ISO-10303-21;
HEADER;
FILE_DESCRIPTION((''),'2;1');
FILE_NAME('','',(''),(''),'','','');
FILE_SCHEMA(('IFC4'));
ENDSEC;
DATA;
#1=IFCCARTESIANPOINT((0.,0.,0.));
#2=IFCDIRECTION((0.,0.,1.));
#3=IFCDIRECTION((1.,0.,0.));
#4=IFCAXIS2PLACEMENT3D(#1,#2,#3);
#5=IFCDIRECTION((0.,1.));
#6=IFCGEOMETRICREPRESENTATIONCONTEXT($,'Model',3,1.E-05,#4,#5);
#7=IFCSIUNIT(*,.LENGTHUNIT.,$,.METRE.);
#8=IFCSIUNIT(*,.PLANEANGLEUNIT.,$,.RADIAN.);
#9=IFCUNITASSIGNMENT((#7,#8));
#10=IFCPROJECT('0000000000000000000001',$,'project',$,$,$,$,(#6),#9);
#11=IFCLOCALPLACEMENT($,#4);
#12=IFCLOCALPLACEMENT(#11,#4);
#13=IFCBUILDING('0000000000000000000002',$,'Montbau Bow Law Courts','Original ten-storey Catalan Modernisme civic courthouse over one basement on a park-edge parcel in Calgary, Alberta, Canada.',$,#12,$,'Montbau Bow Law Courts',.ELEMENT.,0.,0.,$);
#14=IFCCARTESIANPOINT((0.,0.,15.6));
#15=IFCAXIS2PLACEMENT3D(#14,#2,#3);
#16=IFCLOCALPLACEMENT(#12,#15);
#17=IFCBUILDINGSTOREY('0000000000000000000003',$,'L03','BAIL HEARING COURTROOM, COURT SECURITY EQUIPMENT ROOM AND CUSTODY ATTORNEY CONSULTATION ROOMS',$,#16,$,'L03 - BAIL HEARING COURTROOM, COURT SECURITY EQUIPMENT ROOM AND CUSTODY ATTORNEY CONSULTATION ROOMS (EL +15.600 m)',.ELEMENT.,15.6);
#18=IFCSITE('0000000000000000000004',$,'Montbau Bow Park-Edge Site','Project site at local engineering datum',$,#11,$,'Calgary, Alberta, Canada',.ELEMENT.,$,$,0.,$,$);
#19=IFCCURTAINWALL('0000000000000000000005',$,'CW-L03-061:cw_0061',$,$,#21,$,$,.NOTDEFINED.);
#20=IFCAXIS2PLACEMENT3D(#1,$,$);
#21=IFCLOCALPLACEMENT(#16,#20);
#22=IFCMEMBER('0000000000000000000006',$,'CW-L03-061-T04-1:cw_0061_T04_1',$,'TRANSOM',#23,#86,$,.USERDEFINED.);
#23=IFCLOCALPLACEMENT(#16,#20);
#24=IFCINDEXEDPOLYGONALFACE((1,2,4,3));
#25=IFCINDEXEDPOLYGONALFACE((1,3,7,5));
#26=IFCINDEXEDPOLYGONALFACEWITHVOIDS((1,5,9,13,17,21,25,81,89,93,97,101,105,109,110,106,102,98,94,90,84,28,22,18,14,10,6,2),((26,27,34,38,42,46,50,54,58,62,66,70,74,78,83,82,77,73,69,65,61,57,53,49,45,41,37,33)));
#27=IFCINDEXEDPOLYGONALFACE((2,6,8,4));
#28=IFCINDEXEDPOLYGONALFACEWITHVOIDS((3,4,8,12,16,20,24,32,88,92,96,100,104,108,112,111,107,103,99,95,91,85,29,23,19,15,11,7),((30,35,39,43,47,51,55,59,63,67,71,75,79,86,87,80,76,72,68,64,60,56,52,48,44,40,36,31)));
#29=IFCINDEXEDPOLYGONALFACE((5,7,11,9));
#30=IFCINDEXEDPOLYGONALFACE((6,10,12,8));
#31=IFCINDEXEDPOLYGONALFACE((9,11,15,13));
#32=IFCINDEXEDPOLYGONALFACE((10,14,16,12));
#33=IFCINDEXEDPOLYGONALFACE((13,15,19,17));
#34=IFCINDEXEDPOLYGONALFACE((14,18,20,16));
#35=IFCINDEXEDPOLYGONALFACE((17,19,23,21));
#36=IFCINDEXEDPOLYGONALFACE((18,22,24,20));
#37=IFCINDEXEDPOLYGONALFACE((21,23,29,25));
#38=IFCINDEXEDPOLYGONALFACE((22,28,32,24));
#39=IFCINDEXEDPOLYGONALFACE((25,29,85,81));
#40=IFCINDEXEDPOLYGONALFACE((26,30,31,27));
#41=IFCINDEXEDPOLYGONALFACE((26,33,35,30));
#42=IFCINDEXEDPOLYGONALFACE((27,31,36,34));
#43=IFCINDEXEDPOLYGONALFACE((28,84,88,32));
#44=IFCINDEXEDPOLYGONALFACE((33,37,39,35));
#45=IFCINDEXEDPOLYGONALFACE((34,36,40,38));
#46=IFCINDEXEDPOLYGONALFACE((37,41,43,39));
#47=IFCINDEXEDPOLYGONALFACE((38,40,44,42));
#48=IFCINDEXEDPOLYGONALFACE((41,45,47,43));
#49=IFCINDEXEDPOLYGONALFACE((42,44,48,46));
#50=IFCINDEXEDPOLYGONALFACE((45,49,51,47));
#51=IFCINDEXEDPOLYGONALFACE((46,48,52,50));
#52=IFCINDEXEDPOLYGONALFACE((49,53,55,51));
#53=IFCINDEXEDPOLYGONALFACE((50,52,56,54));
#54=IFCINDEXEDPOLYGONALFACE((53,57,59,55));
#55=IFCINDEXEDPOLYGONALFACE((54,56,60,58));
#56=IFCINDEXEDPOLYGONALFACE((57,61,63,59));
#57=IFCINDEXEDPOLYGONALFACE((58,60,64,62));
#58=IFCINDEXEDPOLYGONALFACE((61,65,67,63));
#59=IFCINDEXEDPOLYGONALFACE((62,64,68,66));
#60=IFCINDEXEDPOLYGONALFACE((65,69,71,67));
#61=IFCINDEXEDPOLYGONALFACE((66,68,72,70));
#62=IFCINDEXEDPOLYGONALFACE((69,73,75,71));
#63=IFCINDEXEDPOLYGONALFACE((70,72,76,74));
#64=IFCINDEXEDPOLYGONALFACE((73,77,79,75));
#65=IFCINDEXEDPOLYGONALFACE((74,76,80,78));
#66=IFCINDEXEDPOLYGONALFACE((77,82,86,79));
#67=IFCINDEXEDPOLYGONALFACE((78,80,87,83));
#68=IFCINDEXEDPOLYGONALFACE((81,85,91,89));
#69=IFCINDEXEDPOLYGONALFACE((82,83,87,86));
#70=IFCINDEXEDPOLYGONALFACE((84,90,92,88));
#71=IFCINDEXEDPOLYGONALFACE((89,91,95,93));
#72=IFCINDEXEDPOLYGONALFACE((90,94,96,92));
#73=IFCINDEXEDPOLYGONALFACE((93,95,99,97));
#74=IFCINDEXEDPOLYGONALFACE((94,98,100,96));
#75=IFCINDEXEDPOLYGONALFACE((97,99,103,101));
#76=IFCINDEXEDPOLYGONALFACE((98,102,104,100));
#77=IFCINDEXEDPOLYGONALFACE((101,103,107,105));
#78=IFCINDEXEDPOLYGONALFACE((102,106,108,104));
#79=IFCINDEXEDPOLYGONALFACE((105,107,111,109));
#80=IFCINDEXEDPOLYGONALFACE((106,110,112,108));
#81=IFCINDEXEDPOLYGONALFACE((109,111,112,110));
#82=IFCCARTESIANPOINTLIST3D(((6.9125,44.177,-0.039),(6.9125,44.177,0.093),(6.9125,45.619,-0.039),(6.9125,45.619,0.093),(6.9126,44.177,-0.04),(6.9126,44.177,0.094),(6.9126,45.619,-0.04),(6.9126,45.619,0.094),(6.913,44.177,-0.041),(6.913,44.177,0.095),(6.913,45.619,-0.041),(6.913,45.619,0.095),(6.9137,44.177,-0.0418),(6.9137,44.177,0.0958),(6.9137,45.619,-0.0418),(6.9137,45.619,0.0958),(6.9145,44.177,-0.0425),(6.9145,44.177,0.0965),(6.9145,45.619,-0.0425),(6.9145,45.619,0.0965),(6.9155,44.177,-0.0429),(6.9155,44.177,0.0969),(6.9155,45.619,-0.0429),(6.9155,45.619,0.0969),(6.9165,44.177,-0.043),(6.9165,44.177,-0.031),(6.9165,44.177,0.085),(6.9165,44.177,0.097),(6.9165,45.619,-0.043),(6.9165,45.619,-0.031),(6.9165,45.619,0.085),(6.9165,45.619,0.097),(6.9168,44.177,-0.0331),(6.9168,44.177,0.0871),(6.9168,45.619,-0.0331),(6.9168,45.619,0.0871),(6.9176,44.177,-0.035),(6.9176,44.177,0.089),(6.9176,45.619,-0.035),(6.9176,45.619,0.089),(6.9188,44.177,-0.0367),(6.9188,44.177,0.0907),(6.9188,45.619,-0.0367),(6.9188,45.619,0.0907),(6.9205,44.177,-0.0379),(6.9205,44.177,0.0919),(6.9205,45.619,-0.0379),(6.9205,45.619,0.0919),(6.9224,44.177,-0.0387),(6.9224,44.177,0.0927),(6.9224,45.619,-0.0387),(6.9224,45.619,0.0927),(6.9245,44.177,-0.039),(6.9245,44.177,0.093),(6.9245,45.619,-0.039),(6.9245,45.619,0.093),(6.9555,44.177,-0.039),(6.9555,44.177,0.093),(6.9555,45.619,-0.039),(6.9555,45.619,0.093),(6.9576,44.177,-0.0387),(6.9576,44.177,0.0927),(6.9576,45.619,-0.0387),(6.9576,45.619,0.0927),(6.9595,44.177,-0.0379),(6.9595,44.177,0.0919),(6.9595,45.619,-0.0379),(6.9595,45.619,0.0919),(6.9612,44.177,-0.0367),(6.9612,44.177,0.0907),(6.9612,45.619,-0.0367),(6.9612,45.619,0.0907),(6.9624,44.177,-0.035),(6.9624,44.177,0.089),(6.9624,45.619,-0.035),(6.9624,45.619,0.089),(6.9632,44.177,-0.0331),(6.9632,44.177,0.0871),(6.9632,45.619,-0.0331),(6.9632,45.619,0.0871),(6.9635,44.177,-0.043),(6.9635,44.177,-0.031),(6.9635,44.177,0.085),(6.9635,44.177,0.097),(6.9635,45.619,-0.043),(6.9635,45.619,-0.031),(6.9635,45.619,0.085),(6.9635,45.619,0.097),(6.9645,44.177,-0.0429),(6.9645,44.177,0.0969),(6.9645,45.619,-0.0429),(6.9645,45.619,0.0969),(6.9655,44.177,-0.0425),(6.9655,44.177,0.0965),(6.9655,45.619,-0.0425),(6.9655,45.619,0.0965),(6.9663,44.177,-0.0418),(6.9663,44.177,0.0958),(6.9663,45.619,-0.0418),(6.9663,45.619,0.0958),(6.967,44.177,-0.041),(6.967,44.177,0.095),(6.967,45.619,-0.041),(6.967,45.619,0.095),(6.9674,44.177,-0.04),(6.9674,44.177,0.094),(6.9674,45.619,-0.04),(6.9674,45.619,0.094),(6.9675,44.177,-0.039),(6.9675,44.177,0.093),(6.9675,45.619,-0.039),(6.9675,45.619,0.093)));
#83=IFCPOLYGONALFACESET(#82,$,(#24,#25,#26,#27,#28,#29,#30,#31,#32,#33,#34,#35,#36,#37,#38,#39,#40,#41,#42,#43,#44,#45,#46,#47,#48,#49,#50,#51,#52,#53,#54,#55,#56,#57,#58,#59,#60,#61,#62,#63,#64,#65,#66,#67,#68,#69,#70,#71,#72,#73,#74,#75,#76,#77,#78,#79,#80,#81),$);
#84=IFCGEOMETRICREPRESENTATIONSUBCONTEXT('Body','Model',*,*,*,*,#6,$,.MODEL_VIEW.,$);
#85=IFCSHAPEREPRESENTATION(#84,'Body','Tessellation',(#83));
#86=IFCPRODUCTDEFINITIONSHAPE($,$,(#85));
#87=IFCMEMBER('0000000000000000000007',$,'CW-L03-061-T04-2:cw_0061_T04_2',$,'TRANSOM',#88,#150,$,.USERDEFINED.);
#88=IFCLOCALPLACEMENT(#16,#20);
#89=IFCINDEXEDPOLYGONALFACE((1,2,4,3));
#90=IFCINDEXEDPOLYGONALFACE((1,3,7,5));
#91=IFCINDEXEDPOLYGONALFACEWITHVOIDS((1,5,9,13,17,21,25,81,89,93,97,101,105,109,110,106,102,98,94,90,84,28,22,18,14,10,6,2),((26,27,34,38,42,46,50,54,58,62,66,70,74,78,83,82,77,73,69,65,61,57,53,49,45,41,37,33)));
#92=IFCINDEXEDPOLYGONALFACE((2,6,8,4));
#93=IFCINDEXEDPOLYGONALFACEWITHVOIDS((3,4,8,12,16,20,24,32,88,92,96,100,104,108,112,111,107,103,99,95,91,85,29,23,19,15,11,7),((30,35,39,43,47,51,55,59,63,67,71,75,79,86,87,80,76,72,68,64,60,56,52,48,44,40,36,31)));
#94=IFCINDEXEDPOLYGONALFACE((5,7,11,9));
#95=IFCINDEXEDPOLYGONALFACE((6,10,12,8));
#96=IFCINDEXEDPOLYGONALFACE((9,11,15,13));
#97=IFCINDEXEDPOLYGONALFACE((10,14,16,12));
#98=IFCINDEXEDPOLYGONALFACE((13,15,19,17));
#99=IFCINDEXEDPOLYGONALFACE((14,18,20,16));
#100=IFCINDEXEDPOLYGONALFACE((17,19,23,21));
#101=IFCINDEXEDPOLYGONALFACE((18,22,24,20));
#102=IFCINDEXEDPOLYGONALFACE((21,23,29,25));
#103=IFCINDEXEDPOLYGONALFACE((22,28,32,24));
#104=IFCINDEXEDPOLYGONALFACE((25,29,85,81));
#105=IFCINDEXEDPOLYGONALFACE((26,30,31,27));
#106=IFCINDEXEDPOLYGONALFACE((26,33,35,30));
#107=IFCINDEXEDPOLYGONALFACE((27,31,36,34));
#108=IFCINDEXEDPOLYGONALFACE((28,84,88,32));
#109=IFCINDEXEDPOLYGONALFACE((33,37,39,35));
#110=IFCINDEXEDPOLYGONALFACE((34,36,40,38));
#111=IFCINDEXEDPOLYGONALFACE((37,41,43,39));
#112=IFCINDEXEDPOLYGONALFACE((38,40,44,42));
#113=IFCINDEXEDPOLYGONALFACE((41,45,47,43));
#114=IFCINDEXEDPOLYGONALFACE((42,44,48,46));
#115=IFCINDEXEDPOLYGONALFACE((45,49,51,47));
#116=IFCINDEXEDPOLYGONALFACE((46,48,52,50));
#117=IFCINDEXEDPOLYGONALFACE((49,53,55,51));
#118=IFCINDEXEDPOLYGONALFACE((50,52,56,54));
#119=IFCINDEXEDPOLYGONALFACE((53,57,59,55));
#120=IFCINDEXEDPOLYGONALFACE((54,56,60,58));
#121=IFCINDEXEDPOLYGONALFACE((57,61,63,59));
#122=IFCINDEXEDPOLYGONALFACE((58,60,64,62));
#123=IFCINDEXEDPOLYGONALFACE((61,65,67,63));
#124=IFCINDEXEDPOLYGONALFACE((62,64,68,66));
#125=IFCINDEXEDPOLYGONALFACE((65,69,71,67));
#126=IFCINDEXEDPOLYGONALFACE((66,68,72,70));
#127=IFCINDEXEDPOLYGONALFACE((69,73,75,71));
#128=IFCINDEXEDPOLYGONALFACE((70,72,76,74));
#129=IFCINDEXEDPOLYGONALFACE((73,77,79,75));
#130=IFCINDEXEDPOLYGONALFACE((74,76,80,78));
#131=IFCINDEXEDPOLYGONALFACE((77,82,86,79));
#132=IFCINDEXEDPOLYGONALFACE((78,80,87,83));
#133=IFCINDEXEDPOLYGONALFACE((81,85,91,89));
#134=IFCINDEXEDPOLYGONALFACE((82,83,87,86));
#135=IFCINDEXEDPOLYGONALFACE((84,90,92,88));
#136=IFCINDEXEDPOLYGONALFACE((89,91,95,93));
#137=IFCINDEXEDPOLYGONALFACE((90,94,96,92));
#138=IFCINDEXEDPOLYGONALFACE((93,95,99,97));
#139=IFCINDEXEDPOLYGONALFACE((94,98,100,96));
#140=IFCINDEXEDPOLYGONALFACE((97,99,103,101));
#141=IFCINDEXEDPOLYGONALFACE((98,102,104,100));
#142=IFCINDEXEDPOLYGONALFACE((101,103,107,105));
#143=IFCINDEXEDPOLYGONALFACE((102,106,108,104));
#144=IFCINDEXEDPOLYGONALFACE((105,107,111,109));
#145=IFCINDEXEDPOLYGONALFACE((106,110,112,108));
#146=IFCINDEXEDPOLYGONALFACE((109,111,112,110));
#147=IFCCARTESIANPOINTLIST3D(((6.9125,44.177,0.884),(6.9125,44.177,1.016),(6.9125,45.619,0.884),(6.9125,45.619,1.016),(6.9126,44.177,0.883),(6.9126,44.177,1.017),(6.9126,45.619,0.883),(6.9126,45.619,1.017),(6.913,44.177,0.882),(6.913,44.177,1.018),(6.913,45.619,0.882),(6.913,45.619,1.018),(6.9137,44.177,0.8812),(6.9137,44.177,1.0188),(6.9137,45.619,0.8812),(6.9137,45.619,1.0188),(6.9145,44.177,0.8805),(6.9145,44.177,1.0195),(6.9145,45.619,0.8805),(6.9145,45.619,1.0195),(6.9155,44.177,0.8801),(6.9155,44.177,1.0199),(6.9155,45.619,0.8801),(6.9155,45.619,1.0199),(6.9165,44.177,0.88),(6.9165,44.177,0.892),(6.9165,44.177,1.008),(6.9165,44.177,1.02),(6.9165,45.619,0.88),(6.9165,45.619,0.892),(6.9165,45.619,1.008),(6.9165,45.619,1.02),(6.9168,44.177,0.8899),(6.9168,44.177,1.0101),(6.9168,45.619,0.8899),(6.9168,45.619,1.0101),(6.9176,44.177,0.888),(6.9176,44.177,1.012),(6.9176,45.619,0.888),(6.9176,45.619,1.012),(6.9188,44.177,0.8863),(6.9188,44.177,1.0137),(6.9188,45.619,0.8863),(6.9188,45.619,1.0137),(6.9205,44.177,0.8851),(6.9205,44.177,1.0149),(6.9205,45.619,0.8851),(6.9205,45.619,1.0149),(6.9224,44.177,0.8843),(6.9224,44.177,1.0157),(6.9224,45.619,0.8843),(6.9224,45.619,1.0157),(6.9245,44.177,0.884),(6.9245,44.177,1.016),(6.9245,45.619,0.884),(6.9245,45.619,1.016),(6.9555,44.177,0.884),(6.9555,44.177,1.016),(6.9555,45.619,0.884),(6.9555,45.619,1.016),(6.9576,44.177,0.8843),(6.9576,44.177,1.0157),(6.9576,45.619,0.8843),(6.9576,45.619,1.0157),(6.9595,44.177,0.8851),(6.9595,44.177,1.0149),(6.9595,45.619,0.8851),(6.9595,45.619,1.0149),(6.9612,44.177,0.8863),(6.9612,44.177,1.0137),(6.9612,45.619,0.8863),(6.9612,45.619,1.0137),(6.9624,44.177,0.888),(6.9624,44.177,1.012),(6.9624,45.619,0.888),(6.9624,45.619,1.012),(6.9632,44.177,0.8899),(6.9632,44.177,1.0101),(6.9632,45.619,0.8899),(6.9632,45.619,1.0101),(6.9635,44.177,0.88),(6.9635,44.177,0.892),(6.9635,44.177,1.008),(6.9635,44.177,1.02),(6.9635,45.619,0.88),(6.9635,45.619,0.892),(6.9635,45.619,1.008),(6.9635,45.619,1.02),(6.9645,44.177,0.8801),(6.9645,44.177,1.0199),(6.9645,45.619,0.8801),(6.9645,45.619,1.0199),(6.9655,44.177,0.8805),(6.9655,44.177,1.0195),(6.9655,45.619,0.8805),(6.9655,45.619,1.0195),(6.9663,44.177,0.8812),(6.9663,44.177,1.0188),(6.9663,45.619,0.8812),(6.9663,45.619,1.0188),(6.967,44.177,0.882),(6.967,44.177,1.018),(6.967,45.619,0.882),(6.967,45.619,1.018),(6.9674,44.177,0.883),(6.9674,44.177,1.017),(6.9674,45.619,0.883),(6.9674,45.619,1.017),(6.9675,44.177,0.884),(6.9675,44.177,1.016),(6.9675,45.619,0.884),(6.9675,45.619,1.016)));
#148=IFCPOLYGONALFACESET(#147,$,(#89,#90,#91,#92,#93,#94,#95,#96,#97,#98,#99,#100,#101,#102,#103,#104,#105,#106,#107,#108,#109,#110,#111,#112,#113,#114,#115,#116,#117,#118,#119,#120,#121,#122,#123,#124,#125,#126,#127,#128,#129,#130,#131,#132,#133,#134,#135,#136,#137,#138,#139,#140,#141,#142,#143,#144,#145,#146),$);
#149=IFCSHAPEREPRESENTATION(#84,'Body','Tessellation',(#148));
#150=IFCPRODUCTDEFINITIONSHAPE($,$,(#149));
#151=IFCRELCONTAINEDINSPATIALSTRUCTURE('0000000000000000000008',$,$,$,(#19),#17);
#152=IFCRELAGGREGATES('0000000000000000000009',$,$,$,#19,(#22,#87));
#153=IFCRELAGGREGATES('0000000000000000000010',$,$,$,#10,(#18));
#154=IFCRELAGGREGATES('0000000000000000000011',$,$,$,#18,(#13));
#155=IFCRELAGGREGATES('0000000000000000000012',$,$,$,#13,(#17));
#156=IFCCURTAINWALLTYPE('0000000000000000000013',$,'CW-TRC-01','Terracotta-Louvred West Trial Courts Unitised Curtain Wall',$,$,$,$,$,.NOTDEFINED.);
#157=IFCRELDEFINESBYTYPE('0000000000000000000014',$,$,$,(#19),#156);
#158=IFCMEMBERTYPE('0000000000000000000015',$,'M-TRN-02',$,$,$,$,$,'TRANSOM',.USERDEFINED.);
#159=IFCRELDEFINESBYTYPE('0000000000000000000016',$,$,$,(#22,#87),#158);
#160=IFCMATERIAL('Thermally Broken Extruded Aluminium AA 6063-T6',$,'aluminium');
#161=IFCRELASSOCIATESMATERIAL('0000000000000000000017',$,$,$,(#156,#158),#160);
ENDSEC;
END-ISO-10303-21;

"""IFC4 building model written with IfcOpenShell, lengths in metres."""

from ifc_helpers import new_model, si_unit, direction, frame, origin_with_axes, origin_2d_with_axis, place, context, subcontext, project, spatial, hollow_rectangle, extrude, material, material_profile, profile_set, type_object, element, aggregate, save


model = new_model("IFC4")

# Units and contexts
model_context = context("Model", 3, precision=1e-05, world=origin_with_axes(), true_north=direction((0.0, 1.0)))
body_context = subcontext(model_context, "Body", "Model", "MODEL_VIEW")
ifc_project = project(units=[si_unit("LENGTHUNIT", "METRE"), si_unit("PLANEANGLEUNIT", "RADIAN")], contexts=[model_context])

# Site, building, storey
site_placement = place(None, origin_with_axes())
site = spatial("IfcSite", under=ifc_project, at=site_placement, Name="Montbau Bow Park-Edge Site", Description="Project site at local engineering datum", LongName="Calgary, Alberta, Canada", CompositionType="ELEMENT", RefElevation=0.0)
building_placement = place(site_placement, origin_with_axes())
building = spatial("IfcBuilding", under=site, at=building_placement, Name="Montbau Bow Law Courts", Description="Original ten-storey Catalan Modernisme civic courthouse over one basement on a park-edge parcel in Calgary, Alberta, Canada.", LongName="Montbau Bow Law Courts", CompositionType="ELEMENT", ElevationOfRefHeight=0.0, ElevationOfTerrain=0.0)
storey_placement = place(building_placement, frame((0.0, 0.0, 15.6), z_axis=(0.0, 0.0, 1.0), x_axis=(1.0, 0.0, 0.0)))
storey = spatial("IfcBuildingStorey", under=building, at=storey_placement, Name="L03", Description="BAIL HEARING COURTROOM, COURT SECURITY EQUIPMENT ROOM AND CUSTODY ATTORNEY CONSULTATION ROOMS", LongName="L03 - BAIL HEARING COURTROOM, COURT SECURITY EQUIPMENT ROOM AND CUSTODY ATTORNEY CONSULTATION ROOMS (EL +15.600 m)", CompositionType="ELEMENT", Elevation=15.6)

# Curtain wall, members
ifc_material_1 = material(Name="Thermally Broken Extruded Aluminium AA 6063-T6", Category="aluminium")
curtain_wall_type = type_object("IfcCurtainWallType", Name="CW-TRC-01", Description="Terracotta-Louvred West Trial Courts Unitised Curtain Wall", PredefinedType="NOTDEFINED", material=ifc_material_1)
curtain_wall_placement = place(None, frame((6.94, 39.515, 15.6), z_axis=(0.0, 0.0, 1.0), x_axis=(1.0, 0.0, 0.0)))
curtain_wall = element("IfcCurtainWall", 1, at=curtain_wall_placement, inside=storey, type_object=curtain_wall_type, Name="CW-L03-061:cw_0061", PredefinedType="NOTDEFINED")
ifc_material_profile_1 = material_profile(ifc_material_1, hollow_rectangle(XDim=0.055, YDim=0.14, WallThickness=0.004, InnerFilletRadius=0.008, OuterFilletRadius=0.004, at=origin_2d_with_axis()), Name="CWT-140X55", Category="Main", Priority=0)
ifc_profile_set_1 = profile_set([ifc_material_profile_1], Name="Thermally Broken Extruded Aluminium AA 6063-T6")
member_type_1 = type_object("IfcMemberType", Name="M-TRN-02", ElementType="TRANSOM", PredefinedType="USERDEFINED", material=ifc_profile_set_1)
member_1_placement = place(None, frame((6.94, 44.177, 15.627), z_axis=(0.0, 1.0, 0.0), x_axis=(-1.0, 0.0, 0.0)))
member_1 = element("IfcMember", 2, at=member_1_placement, type_object=member_type_1, Name="CW-L03-061-T04-1:cw_0061_T04_1", ObjectType="TRANSOM", PredefinedType="USERDEFINED", context=body_context, shape_type="SweptSolid", body=[
    extrude(hollow_rectangle(XDim=0.055, YDim=0.14, WallThickness=0.004, InnerFilletRadius=0.008, OuterFilletRadius=0.004, at=origin_2d_with_axis()), origin_with_axes(), (0.0, 0.0, 1.0), 1.442),
])
member_2_placement = place(None, frame((6.94, 44.177, 16.55), z_axis=(0.0, 1.0, 0.0), x_axis=(-1.0, 0.0, 0.0)))
member_2 = element("IfcMember", 3, at=member_2_placement, type_object=member_type_1, Name="CW-L03-061-T04-2:cw_0061_T04_2", ObjectType="TRANSOM", PredefinedType="USERDEFINED", context=body_context, shape_type="SweptSolid", body=[
    extrude(hollow_rectangle(XDim=0.055, YDim=0.14, WallThickness=0.004, InnerFilletRadius=0.008, OuterFilletRadius=0.004, at=origin_2d_with_axis()), origin_with_axes(), (0.0, 0.0, 1.0), 1.442),
])
aggregate(curtain_wall, [member_1, member_2])

save(model, "model.ifc")
